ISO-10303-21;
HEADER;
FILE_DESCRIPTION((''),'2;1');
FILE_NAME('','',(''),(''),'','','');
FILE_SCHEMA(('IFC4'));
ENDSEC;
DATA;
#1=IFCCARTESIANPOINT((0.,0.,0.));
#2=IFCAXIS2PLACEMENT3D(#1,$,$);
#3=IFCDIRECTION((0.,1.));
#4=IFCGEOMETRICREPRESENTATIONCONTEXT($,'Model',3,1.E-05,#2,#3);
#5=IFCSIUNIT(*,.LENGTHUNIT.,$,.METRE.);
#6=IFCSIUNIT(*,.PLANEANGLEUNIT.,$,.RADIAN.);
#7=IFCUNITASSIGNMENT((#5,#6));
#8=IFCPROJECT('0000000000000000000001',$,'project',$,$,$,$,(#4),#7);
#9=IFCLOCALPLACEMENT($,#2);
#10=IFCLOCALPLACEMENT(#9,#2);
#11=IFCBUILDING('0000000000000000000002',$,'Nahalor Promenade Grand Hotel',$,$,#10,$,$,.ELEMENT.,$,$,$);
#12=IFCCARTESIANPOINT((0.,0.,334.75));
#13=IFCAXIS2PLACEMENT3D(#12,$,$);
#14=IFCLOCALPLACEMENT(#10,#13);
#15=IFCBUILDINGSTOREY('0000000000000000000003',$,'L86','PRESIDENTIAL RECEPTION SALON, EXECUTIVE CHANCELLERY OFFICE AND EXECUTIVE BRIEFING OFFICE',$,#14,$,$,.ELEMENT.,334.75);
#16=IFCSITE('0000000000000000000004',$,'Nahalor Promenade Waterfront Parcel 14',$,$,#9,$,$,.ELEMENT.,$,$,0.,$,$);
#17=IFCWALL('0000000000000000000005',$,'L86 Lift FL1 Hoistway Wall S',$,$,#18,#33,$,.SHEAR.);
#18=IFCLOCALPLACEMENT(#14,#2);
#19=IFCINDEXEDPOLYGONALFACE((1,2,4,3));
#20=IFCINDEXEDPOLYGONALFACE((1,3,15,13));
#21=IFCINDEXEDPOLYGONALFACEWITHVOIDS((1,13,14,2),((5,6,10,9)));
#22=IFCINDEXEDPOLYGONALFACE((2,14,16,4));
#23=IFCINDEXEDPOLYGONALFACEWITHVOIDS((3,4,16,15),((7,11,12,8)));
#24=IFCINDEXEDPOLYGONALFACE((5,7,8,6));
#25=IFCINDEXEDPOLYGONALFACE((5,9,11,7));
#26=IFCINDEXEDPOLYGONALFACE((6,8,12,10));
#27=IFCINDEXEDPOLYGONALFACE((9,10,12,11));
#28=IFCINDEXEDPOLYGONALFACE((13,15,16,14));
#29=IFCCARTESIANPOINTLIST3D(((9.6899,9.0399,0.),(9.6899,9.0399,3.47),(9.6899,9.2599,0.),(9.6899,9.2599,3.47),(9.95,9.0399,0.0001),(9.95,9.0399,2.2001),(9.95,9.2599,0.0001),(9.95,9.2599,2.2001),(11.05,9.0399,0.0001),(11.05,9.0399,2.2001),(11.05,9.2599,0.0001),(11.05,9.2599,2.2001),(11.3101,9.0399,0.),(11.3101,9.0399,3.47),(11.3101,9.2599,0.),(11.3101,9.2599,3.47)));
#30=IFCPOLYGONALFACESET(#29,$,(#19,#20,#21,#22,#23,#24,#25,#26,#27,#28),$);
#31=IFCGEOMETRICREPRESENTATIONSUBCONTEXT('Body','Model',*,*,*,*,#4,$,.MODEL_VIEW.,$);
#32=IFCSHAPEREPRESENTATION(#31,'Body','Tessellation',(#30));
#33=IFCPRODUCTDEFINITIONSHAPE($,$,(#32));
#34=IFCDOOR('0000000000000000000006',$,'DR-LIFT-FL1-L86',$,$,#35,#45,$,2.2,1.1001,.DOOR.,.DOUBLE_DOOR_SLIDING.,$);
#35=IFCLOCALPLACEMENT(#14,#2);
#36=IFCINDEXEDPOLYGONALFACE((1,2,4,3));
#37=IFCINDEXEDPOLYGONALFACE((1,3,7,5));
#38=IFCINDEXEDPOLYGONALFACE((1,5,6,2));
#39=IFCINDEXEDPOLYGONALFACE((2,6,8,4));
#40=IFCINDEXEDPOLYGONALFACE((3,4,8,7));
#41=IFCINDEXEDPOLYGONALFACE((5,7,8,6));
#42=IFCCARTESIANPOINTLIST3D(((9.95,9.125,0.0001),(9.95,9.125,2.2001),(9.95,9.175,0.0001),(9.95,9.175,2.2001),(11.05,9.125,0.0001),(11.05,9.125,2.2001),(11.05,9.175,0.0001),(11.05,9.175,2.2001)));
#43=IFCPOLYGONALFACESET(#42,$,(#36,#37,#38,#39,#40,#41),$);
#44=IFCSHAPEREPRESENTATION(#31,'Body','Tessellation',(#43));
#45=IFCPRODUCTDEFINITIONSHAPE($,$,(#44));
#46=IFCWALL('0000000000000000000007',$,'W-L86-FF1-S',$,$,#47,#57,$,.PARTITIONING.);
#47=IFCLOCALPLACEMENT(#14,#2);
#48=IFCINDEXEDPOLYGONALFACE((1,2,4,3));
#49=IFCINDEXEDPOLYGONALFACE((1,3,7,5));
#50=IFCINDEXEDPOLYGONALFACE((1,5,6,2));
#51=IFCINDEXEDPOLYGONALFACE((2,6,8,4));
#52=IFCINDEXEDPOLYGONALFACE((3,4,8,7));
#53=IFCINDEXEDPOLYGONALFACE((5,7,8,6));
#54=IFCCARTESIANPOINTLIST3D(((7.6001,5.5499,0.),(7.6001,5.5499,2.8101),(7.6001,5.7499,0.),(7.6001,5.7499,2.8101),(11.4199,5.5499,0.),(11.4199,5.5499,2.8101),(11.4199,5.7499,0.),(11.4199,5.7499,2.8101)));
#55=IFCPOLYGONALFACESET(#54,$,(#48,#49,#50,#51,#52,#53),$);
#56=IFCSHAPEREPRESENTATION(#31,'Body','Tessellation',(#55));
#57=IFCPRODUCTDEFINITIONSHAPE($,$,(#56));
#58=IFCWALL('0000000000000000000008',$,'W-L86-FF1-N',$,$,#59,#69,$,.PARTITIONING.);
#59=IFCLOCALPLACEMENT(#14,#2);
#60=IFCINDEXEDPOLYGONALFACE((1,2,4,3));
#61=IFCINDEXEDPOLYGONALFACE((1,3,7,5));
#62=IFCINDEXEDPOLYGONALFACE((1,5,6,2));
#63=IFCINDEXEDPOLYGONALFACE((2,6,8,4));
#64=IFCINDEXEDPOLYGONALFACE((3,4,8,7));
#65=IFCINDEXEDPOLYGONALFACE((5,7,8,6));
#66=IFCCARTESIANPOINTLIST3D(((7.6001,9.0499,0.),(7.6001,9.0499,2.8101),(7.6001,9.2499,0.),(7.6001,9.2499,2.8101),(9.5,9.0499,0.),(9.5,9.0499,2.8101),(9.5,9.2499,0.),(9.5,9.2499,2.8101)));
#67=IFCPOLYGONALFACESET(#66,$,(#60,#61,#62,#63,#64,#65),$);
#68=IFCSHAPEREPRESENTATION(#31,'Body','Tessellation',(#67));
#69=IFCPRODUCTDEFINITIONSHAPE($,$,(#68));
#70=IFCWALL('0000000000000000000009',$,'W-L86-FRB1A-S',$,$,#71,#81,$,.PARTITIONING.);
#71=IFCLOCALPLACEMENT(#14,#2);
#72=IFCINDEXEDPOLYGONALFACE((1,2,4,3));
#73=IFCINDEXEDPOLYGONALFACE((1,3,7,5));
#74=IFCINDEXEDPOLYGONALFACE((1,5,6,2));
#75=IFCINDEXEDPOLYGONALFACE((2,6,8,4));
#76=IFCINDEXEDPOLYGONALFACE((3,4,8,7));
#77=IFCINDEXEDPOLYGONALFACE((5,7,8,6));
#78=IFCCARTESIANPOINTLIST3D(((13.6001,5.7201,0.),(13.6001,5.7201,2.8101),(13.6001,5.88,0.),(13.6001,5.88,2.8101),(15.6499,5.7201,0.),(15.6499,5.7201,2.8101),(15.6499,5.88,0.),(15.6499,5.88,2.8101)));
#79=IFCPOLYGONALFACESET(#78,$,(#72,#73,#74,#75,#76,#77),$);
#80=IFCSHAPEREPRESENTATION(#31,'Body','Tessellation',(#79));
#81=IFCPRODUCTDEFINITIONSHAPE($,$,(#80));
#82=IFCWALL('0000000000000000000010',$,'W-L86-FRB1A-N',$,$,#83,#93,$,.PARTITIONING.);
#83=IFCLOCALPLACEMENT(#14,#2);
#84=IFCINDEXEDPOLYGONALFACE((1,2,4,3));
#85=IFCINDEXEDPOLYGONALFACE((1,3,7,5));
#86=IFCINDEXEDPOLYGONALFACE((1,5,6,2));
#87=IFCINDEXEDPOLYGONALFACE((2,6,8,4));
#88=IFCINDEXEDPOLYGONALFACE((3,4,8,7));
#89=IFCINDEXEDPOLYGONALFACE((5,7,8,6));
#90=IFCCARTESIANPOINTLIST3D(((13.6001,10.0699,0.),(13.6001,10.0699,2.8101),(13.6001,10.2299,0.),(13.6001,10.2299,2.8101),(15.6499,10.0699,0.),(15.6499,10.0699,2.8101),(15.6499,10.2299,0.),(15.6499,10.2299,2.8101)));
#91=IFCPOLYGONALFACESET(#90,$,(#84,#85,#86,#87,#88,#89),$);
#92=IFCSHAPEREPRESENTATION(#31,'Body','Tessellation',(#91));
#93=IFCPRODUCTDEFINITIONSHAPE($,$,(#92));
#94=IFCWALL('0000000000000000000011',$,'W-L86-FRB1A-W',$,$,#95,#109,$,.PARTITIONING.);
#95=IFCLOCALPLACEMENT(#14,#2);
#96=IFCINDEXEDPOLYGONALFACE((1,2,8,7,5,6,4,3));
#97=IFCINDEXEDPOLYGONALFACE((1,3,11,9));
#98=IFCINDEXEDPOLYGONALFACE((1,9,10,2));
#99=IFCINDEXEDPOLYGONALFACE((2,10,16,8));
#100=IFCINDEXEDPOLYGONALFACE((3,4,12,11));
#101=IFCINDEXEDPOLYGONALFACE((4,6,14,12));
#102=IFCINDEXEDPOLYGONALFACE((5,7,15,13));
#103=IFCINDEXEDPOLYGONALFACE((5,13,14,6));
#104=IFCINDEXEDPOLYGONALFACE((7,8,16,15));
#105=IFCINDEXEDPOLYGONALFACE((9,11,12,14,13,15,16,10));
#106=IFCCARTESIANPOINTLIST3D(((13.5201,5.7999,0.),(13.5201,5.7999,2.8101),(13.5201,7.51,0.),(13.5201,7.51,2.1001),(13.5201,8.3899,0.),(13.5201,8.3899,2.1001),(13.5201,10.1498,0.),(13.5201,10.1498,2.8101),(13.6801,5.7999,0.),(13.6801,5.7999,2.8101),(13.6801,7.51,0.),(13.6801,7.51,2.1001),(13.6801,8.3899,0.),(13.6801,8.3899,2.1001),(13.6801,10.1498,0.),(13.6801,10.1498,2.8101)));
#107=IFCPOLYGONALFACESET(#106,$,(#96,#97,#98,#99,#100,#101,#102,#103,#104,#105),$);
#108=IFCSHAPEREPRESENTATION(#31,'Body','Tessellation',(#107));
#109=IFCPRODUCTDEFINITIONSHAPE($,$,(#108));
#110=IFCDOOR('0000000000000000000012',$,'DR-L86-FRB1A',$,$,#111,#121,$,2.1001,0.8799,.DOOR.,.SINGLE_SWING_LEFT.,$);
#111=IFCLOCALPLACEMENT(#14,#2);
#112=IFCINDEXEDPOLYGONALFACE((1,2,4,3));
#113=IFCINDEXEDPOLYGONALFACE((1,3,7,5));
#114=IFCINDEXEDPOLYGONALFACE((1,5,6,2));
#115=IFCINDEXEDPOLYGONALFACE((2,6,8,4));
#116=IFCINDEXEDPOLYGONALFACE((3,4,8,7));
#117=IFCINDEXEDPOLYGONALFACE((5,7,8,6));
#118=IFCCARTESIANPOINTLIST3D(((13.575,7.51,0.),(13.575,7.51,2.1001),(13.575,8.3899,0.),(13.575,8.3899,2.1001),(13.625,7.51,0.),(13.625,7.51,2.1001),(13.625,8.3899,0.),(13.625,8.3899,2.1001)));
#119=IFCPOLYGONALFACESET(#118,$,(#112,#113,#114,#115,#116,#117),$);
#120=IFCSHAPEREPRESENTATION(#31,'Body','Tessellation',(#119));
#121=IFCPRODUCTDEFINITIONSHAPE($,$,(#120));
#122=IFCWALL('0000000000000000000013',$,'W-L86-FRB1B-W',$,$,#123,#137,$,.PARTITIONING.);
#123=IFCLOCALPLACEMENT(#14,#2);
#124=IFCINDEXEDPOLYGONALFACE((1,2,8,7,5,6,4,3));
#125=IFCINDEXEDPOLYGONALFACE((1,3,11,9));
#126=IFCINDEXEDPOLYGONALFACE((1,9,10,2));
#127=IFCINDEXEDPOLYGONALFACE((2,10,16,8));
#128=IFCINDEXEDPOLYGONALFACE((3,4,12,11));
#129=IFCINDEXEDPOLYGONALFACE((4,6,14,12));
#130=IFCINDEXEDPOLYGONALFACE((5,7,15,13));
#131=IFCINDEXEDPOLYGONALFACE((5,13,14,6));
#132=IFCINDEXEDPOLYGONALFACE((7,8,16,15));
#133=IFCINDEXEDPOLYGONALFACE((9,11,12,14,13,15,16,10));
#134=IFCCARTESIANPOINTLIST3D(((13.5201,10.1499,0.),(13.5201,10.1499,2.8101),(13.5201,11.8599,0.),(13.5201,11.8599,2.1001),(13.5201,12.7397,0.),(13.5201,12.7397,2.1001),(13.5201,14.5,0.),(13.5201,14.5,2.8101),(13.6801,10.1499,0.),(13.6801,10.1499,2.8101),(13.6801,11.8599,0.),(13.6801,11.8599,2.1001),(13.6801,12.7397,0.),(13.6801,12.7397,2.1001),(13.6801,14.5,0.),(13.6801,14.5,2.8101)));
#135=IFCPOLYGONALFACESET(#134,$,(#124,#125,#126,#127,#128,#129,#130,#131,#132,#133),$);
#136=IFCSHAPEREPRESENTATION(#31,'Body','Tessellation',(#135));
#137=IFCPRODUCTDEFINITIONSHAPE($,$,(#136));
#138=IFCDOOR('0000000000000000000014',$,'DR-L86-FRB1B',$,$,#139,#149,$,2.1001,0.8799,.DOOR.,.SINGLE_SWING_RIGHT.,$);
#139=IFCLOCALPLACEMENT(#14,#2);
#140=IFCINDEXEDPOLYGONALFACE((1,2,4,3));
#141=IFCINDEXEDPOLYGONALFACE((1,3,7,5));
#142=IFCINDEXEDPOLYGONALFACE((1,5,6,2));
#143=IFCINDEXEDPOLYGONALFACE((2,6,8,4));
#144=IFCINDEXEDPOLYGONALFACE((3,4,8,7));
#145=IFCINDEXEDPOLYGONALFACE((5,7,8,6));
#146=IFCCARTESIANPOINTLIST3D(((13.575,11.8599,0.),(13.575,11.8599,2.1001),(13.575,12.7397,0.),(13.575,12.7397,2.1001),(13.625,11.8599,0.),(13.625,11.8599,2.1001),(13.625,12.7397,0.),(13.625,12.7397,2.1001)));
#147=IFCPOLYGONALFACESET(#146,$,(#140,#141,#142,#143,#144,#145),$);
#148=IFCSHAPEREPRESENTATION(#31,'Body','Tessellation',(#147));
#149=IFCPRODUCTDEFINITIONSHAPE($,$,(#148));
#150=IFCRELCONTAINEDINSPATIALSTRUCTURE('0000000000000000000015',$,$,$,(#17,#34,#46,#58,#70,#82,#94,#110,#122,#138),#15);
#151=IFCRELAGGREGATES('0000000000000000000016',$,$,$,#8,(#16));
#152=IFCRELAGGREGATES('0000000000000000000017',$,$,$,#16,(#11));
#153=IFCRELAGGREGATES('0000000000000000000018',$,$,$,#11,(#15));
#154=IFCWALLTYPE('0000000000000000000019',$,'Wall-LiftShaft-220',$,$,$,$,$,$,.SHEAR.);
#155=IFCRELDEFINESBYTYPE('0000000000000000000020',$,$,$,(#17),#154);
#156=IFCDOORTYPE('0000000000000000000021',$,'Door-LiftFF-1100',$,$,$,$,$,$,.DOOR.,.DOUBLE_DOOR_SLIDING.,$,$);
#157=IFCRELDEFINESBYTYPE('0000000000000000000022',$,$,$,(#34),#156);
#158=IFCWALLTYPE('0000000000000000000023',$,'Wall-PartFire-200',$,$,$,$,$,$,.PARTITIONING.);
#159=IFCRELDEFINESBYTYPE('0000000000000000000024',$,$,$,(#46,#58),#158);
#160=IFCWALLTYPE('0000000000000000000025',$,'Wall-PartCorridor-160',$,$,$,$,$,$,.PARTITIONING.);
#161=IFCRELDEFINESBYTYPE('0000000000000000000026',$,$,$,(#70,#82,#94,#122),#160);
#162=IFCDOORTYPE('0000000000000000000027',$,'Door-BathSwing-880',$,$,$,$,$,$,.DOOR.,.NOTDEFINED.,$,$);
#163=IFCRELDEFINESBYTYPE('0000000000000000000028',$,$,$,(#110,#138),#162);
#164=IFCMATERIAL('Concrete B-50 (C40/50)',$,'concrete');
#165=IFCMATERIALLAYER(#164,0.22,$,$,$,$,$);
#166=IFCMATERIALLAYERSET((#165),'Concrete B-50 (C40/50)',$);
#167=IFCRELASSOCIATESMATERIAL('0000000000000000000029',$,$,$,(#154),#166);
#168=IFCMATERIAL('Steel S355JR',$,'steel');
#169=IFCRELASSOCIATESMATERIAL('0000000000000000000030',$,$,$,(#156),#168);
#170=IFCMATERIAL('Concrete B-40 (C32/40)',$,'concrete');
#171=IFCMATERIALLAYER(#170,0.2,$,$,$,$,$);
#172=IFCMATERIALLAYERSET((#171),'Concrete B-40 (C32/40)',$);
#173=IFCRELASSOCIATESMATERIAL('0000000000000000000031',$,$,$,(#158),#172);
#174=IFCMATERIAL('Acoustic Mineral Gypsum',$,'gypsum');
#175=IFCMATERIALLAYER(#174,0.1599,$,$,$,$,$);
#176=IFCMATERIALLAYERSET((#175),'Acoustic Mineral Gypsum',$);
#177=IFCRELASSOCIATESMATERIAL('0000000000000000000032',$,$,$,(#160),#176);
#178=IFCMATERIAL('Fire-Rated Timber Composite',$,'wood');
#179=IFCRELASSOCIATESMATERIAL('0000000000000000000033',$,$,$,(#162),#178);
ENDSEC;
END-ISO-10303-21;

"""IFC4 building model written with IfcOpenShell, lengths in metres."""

from ifc_helpers import new_model, si_unit, direction, frame, frame_2d, origin, place, context, subcontext, project, spatial, rectangle, extrude, source, transform, mapped, material, layer, layer_set, type_object, element, fill, save


model = new_model("IFC4")

# Units and contexts
model_context = context("Model", 3, precision=1e-05, world=origin(), true_north=direction((0.0, 1.0)))
body_context = subcontext(model_context, "Body", "Model", "MODEL_VIEW")
ifc_project = project(units=[si_unit("LENGTHUNIT", "METRE"), si_unit("PLANEANGLEUNIT", "RADIAN")], contexts=[model_context])

# Site, building, storey
site_placement = place(None, origin())
site = spatial("IfcSite", under=ifc_project, at=site_placement, Name="Nahalor Promenade Waterfront Parcel 14", CompositionType="ELEMENT", RefElevation=0.0)
building_placement = place(site_placement, origin())
building = spatial("IfcBuilding", under=site, at=building_placement, Name="Nahalor Promenade Grand Hotel", CompositionType="ELEMENT")
storey_placement = place(building_placement, frame((0.0, 0.0, 334.75)))
storey = spatial("IfcBuildingStorey", under=building, at=storey_placement, Name="L86", Description="PRESIDENTIAL RECEPTION SALON, EXECUTIVE CHANCELLERY OFFICE AND EXECUTIVE BRIEFING OFFICE", CompositionType="ELEMENT", Elevation=334.75)

# Shared definitions
ifc_material_1 = material(Name="Steel S355JR", Category="steel")

# Shared definitions
ifc_material_2 = material(Name="Concrete B-50 (C40/50)", Category="concrete")

# Shared definitions
ifc_layer_1 = layer(ifc_material_2, 0.22)
ifc_layer_set_1 = layer_set([ifc_layer_1], Name="Concrete B-50 (C40/50)")
wall_type_1 = type_object("IfcWallType", Name="Wall-LiftShaft-220", PredefinedType="SHEAR", material=ifc_layer_set_1)

# Wall, opening, door
shared_shape_1 = source(origin(), body_context, "Body", "SweptSolid", [
    extrude(rectangle(XDim=1.6201, YDim=0.22, at=frame_2d((0.8101, 0.0))), origin(), (0.0, 0.0, 1.0), 3.47),
])
wall_1_placement = place(storey_placement, frame((9.6899, 9.1499, 0.0), z_axis=(0.0, 0.0, 1.0), x_axis=(1.0, 0.0, 0.0)))
wall_1 = element("IfcWall", 1, at=wall_1_placement, inside=storey, type_object=wall_type_1, Name="L86 Lift FL1 Hoistway Wall S", PredefinedType="SHEAR", context=body_context, shape_type="MappedRepresentation", body=[
    mapped(shared_shape_1, transform((0.0, 0.0, 0.0), scale=1.0)),
])
opening_1_placement = place(wall_1_placement, frame((0.26, 0.0, 0.0)))
opening_1 = element("IfcOpeningElement", 2, at=opening_1_placement, cuts=wall_1, PredefinedType="OPENING", context=body_context, shape_type="SweptSolid", body=[
    extrude(rectangle(XDim=1.1001, YDim=2.2, at=frame_2d((0.55, 1.1001))), frame((0.0, 0.1199, 0.0), z_axis=(0.0, -1.0, 0.0), x_axis=(1.0, 0.0, 0.0)), (0.0, 0.0, 1.0), 0.24),
])
door_type_1 = type_object("IfcDoorType", Name="Door-LiftFF-1100", OperationType="DOUBLE_DOOR_SLIDING", PredefinedType="DOOR", material=ifc_material_1)
shared_shape_2 = source(origin(), body_context, "Body", "SweptSolid", [
    extrude(rectangle(XDim=1.1001, YDim=2.2, at=frame_2d((0.55, 1.1001))), frame((0.0, 0.0249, 0.0), z_axis=(0.0, -1.0, 0.0), x_axis=(1.0, 0.0, 0.0)), (0.0, 0.0, 1.0), 0.05),
])
door_1_placement = place(opening_1_placement, frame((1.1001, 0.0, 0.0), z_axis=(0.0, 0.0, 1.0), x_axis=(-1.0, 0.0, 0.0)))
door_1 = element("IfcDoor", 3, at=door_1_placement, inside=storey, type_object=door_type_1, Name="DR-LIFT-FL1-L86", OperationType="DOUBLE_DOOR_SLIDING", OverallHeight=2.2, OverallWidth=1.1001, PredefinedType="DOOR", context=body_context, shape_type="MappedRepresentation", body=[
    mapped(shared_shape_2, transform((0.0, 0.0, 0.0), scale=1.0)),
])
fill(opening_1, door_1)

# Walls
ifc_material_3 = material(Name="Concrete B-40 (C32/40)", Category="concrete")
ifc_layer_2 = layer(ifc_material_3, 0.2)
ifc_layer_set_2 = layer_set([ifc_layer_2], Name="Concrete B-40 (C32/40)")
wall_type_2 = type_object("IfcWallType", Name="Wall-PartFire-200", PredefinedType="PARTITIONING", material=ifc_layer_set_2)
shared_shape_3 = source(origin(), body_context, "Body", "SweptSolid", [
    extrude(rectangle(XDim=3.8198, YDim=0.2, at=frame_2d((1.9099, 0.0))), origin(), (0.0, 0.0, 1.0), 2.8101),
])
wall_2_placement = place(storey_placement, frame((7.6001, 5.6499, 0.0), z_axis=(0.0, 0.0, 1.0), x_axis=(1.0, 0.0, 0.0)))
element("IfcWall", 4, at=wall_2_placement, inside=storey, type_object=wall_type_2, Name="W-L86-FF1-S", PredefinedType="PARTITIONING", context=body_context, shape_type="MappedRepresentation", body=[
    mapped(shared_shape_3, transform((0.0, 0.0, 0.0), scale=1.0)),
])
shared_shape_4 = source(origin(), body_context, "Body", "SweptSolid", [
    extrude(rectangle(XDim=1.8999, YDim=0.2, at=frame_2d((0.95, 0.0))), origin(), (0.0, 0.0, 1.0), 2.8101),
])
wall_3_placement = place(storey_placement, frame((7.6001, 9.1499, 0.0), z_axis=(0.0, 0.0, 1.0), x_axis=(1.0, 0.0, 0.0)))
element("IfcWall", 5, at=wall_3_placement, inside=storey, type_object=wall_type_2, Name="W-L86-FF1-N", PredefinedType="PARTITIONING", context=body_context, shape_type="MappedRepresentation", body=[
    mapped(shared_shape_4, transform((0.0, 0.0, 0.0), scale=1.0)),
])

# Walls
ifc_material_4 = material(Name="Acoustic Mineral Gypsum", Category="gypsum")
ifc_layer_3 = layer(ifc_material_4, 0.1599)
ifc_layer_set_3 = layer_set([ifc_layer_3], Name="Acoustic Mineral Gypsum")
wall_type_3 = type_object("IfcWallType", Name="Wall-PartCorridor-160", PredefinedType="PARTITIONING", material=ifc_layer_set_3)
shared_shape_5 = source(origin(), body_context, "Body", "SweptSolid", [
    extrude(rectangle(XDim=2.0498, YDim=0.1599, at=frame_2d((1.0249, 0.0))), origin(), (0.0, 0.0, 1.0), 2.8101),
])
for number, where, z_axis, x_axis, name in (
    (6, (13.6001, 5.8, 0.0), (0.0, 0.0, 1.0), (1.0, 0.0, 0.0), "W-L86-FRB1A-S"),
    (7, (13.6001, 10.1499, 0.0), (0.0, 0.0, 1.0), (1.0, 0.0, 0.0), "W-L86-FRB1A-N"),
):
    element("IfcWall", number, at=place(storey_placement, frame(where, z_axis=z_axis, x_axis=x_axis)), inside=storey, type_object=wall_type_3, Name=name, PredefinedType="PARTITIONING", context=body_context, shape_type="MappedRepresentation", body=[
        mapped(shared_shape_5, transform((0.0, 0.0, 0.0), scale=1.0)),
    ])

# Walls, openings, doors
shared_shape_6 = source(origin(), body_context, "Body", "SweptSolid", [
    extrude(rectangle(XDim=4.3499, YDim=0.1599, at=frame_2d((2.1748, 0.0))), origin(), (0.0, 0.0, 1.0), 2.8101),
])
wall_4_placement = place(storey_placement, frame((13.6001, 5.8, 0.0), z_axis=(0.0, 0.0, 1.0), x_axis=(0.0, 1.0, 0.0)))
wall_4 = element("IfcWall", 8, at=wall_4_placement, inside=storey, type_object=wall_type_3, Name="W-L86-FRB1A-W", PredefinedType="PARTITIONING", context=body_context, shape_type="MappedRepresentation", body=[
    mapped(shared_shape_6, transform((0.0, 0.0, 0.0), scale=1.0)),
])
opening_2_placement = place(wall_4_placement, frame((1.71, 0.0, 0.0)))
opening_2 = element("IfcOpeningElement", 9, at=opening_2_placement, cuts=wall_4, PredefinedType="OPENING", context=body_context, shape_type="SweptSolid", body=[
    extrude(rectangle(XDim=0.8799, YDim=2.1001, at=frame_2d((0.4399, 1.05))), frame((0.0, 0.0898, 0.0), z_axis=(0.0, -1.0, 0.0), x_axis=(1.0, 0.0, 0.0)), (0.0, 0.0, 1.0), 0.1799),
])
ifc_material_5 = material(Name="Fire-Rated Timber Composite", Category="wood")
door_type_2 = type_object("IfcDoorType", Name="Door-BathSwing-880", OperationType="NOTDEFINED", PredefinedType="DOOR", material=ifc_material_5)
shared_shape_7 = source(origin(), body_context, "Body", "SweptSolid", [
    extrude(rectangle(XDim=0.8799, YDim=2.1001, at=frame_2d((0.4399, 1.05))), frame((0.0, 0.0249, 0.0), z_axis=(0.0, -1.0, 0.0), x_axis=(1.0, 0.0, 0.0)), (0.0, 0.0, 1.0), 0.05),
])
door_2_placement = place(opening_2_placement, frame((0.8799, 0.0, 0.0), z_axis=(0.0, 0.0, 1.0), x_axis=(-1.0, 0.0, 0.0)))
door_2 = element("IfcDoor", 10, at=door_2_placement, inside=storey, type_object=door_type_2, Name="DR-L86-FRB1A", OperationType="SINGLE_SWING_LEFT", OverallHeight=2.1001, OverallWidth=0.8799, PredefinedType="DOOR", context=body_context, shape_type="MappedRepresentation", body=[
    mapped(shared_shape_7, transform((0.0, 0.0, 0.0), scale=1.0)),
])
fill(opening_2, door_2)
shared_shape_8 = source(origin(), body_context, "Body", "SweptSolid", [
    extrude(rectangle(XDim=4.3501, YDim=0.1599, at=frame_2d((2.175, 0.0))), origin(), (0.0, 0.0, 1.0), 2.8101),
])
wall_5_placement = place(storey_placement, frame((13.6001, 10.1499, 0.0), z_axis=(0.0, 0.0, 1.0), x_axis=(0.0, 1.0, 0.0)))
wall_5 = element("IfcWall", 11, at=wall_5_placement, inside=storey, type_object=wall_type_3, Name="W-L86-FRB1B-W", PredefinedType="PARTITIONING", context=body_context, shape_type="MappedRepresentation", body=[
    mapped(shared_shape_8, transform((0.0, 0.0, 0.0), scale=1.0)),
])
opening_3_placement = place(wall_5_placement, frame((1.71, 0.0, 0.0)))
opening_3 = element("IfcOpeningElement", 12, at=opening_3_placement, cuts=wall_5, PredefinedType="OPENING", context=body_context, shape_type="SweptSolid", body=[
    extrude(rectangle(XDim=0.8799, YDim=2.1001, at=frame_2d((0.4399, 1.05))), frame((0.0, 0.0898, 0.0), z_axis=(0.0, -1.0, 0.0), x_axis=(1.0, 0.0, 0.0)), (0.0, 0.0, 1.0), 0.1799),
])
door_3_placement = place(opening_3_placement, frame((0.8799, 0.0, 0.0), z_axis=(0.0, 0.0, 1.0), x_axis=(-1.0, 0.0, 0.0)))
door_3 = element("IfcDoor", 13, at=door_3_placement, inside=storey, type_object=door_type_2, Name="DR-L86-FRB1B", OperationType="SINGLE_SWING_RIGHT", OverallHeight=2.1001, OverallWidth=0.8799, PredefinedType="DOOR", context=body_context, shape_type="MappedRepresentation", body=[
    mapped(shared_shape_7, transform((0.0, 0.0, 0.0), scale=1.0)),
])
fill(opening_3, door_3)

save(model, "model.ifc")
